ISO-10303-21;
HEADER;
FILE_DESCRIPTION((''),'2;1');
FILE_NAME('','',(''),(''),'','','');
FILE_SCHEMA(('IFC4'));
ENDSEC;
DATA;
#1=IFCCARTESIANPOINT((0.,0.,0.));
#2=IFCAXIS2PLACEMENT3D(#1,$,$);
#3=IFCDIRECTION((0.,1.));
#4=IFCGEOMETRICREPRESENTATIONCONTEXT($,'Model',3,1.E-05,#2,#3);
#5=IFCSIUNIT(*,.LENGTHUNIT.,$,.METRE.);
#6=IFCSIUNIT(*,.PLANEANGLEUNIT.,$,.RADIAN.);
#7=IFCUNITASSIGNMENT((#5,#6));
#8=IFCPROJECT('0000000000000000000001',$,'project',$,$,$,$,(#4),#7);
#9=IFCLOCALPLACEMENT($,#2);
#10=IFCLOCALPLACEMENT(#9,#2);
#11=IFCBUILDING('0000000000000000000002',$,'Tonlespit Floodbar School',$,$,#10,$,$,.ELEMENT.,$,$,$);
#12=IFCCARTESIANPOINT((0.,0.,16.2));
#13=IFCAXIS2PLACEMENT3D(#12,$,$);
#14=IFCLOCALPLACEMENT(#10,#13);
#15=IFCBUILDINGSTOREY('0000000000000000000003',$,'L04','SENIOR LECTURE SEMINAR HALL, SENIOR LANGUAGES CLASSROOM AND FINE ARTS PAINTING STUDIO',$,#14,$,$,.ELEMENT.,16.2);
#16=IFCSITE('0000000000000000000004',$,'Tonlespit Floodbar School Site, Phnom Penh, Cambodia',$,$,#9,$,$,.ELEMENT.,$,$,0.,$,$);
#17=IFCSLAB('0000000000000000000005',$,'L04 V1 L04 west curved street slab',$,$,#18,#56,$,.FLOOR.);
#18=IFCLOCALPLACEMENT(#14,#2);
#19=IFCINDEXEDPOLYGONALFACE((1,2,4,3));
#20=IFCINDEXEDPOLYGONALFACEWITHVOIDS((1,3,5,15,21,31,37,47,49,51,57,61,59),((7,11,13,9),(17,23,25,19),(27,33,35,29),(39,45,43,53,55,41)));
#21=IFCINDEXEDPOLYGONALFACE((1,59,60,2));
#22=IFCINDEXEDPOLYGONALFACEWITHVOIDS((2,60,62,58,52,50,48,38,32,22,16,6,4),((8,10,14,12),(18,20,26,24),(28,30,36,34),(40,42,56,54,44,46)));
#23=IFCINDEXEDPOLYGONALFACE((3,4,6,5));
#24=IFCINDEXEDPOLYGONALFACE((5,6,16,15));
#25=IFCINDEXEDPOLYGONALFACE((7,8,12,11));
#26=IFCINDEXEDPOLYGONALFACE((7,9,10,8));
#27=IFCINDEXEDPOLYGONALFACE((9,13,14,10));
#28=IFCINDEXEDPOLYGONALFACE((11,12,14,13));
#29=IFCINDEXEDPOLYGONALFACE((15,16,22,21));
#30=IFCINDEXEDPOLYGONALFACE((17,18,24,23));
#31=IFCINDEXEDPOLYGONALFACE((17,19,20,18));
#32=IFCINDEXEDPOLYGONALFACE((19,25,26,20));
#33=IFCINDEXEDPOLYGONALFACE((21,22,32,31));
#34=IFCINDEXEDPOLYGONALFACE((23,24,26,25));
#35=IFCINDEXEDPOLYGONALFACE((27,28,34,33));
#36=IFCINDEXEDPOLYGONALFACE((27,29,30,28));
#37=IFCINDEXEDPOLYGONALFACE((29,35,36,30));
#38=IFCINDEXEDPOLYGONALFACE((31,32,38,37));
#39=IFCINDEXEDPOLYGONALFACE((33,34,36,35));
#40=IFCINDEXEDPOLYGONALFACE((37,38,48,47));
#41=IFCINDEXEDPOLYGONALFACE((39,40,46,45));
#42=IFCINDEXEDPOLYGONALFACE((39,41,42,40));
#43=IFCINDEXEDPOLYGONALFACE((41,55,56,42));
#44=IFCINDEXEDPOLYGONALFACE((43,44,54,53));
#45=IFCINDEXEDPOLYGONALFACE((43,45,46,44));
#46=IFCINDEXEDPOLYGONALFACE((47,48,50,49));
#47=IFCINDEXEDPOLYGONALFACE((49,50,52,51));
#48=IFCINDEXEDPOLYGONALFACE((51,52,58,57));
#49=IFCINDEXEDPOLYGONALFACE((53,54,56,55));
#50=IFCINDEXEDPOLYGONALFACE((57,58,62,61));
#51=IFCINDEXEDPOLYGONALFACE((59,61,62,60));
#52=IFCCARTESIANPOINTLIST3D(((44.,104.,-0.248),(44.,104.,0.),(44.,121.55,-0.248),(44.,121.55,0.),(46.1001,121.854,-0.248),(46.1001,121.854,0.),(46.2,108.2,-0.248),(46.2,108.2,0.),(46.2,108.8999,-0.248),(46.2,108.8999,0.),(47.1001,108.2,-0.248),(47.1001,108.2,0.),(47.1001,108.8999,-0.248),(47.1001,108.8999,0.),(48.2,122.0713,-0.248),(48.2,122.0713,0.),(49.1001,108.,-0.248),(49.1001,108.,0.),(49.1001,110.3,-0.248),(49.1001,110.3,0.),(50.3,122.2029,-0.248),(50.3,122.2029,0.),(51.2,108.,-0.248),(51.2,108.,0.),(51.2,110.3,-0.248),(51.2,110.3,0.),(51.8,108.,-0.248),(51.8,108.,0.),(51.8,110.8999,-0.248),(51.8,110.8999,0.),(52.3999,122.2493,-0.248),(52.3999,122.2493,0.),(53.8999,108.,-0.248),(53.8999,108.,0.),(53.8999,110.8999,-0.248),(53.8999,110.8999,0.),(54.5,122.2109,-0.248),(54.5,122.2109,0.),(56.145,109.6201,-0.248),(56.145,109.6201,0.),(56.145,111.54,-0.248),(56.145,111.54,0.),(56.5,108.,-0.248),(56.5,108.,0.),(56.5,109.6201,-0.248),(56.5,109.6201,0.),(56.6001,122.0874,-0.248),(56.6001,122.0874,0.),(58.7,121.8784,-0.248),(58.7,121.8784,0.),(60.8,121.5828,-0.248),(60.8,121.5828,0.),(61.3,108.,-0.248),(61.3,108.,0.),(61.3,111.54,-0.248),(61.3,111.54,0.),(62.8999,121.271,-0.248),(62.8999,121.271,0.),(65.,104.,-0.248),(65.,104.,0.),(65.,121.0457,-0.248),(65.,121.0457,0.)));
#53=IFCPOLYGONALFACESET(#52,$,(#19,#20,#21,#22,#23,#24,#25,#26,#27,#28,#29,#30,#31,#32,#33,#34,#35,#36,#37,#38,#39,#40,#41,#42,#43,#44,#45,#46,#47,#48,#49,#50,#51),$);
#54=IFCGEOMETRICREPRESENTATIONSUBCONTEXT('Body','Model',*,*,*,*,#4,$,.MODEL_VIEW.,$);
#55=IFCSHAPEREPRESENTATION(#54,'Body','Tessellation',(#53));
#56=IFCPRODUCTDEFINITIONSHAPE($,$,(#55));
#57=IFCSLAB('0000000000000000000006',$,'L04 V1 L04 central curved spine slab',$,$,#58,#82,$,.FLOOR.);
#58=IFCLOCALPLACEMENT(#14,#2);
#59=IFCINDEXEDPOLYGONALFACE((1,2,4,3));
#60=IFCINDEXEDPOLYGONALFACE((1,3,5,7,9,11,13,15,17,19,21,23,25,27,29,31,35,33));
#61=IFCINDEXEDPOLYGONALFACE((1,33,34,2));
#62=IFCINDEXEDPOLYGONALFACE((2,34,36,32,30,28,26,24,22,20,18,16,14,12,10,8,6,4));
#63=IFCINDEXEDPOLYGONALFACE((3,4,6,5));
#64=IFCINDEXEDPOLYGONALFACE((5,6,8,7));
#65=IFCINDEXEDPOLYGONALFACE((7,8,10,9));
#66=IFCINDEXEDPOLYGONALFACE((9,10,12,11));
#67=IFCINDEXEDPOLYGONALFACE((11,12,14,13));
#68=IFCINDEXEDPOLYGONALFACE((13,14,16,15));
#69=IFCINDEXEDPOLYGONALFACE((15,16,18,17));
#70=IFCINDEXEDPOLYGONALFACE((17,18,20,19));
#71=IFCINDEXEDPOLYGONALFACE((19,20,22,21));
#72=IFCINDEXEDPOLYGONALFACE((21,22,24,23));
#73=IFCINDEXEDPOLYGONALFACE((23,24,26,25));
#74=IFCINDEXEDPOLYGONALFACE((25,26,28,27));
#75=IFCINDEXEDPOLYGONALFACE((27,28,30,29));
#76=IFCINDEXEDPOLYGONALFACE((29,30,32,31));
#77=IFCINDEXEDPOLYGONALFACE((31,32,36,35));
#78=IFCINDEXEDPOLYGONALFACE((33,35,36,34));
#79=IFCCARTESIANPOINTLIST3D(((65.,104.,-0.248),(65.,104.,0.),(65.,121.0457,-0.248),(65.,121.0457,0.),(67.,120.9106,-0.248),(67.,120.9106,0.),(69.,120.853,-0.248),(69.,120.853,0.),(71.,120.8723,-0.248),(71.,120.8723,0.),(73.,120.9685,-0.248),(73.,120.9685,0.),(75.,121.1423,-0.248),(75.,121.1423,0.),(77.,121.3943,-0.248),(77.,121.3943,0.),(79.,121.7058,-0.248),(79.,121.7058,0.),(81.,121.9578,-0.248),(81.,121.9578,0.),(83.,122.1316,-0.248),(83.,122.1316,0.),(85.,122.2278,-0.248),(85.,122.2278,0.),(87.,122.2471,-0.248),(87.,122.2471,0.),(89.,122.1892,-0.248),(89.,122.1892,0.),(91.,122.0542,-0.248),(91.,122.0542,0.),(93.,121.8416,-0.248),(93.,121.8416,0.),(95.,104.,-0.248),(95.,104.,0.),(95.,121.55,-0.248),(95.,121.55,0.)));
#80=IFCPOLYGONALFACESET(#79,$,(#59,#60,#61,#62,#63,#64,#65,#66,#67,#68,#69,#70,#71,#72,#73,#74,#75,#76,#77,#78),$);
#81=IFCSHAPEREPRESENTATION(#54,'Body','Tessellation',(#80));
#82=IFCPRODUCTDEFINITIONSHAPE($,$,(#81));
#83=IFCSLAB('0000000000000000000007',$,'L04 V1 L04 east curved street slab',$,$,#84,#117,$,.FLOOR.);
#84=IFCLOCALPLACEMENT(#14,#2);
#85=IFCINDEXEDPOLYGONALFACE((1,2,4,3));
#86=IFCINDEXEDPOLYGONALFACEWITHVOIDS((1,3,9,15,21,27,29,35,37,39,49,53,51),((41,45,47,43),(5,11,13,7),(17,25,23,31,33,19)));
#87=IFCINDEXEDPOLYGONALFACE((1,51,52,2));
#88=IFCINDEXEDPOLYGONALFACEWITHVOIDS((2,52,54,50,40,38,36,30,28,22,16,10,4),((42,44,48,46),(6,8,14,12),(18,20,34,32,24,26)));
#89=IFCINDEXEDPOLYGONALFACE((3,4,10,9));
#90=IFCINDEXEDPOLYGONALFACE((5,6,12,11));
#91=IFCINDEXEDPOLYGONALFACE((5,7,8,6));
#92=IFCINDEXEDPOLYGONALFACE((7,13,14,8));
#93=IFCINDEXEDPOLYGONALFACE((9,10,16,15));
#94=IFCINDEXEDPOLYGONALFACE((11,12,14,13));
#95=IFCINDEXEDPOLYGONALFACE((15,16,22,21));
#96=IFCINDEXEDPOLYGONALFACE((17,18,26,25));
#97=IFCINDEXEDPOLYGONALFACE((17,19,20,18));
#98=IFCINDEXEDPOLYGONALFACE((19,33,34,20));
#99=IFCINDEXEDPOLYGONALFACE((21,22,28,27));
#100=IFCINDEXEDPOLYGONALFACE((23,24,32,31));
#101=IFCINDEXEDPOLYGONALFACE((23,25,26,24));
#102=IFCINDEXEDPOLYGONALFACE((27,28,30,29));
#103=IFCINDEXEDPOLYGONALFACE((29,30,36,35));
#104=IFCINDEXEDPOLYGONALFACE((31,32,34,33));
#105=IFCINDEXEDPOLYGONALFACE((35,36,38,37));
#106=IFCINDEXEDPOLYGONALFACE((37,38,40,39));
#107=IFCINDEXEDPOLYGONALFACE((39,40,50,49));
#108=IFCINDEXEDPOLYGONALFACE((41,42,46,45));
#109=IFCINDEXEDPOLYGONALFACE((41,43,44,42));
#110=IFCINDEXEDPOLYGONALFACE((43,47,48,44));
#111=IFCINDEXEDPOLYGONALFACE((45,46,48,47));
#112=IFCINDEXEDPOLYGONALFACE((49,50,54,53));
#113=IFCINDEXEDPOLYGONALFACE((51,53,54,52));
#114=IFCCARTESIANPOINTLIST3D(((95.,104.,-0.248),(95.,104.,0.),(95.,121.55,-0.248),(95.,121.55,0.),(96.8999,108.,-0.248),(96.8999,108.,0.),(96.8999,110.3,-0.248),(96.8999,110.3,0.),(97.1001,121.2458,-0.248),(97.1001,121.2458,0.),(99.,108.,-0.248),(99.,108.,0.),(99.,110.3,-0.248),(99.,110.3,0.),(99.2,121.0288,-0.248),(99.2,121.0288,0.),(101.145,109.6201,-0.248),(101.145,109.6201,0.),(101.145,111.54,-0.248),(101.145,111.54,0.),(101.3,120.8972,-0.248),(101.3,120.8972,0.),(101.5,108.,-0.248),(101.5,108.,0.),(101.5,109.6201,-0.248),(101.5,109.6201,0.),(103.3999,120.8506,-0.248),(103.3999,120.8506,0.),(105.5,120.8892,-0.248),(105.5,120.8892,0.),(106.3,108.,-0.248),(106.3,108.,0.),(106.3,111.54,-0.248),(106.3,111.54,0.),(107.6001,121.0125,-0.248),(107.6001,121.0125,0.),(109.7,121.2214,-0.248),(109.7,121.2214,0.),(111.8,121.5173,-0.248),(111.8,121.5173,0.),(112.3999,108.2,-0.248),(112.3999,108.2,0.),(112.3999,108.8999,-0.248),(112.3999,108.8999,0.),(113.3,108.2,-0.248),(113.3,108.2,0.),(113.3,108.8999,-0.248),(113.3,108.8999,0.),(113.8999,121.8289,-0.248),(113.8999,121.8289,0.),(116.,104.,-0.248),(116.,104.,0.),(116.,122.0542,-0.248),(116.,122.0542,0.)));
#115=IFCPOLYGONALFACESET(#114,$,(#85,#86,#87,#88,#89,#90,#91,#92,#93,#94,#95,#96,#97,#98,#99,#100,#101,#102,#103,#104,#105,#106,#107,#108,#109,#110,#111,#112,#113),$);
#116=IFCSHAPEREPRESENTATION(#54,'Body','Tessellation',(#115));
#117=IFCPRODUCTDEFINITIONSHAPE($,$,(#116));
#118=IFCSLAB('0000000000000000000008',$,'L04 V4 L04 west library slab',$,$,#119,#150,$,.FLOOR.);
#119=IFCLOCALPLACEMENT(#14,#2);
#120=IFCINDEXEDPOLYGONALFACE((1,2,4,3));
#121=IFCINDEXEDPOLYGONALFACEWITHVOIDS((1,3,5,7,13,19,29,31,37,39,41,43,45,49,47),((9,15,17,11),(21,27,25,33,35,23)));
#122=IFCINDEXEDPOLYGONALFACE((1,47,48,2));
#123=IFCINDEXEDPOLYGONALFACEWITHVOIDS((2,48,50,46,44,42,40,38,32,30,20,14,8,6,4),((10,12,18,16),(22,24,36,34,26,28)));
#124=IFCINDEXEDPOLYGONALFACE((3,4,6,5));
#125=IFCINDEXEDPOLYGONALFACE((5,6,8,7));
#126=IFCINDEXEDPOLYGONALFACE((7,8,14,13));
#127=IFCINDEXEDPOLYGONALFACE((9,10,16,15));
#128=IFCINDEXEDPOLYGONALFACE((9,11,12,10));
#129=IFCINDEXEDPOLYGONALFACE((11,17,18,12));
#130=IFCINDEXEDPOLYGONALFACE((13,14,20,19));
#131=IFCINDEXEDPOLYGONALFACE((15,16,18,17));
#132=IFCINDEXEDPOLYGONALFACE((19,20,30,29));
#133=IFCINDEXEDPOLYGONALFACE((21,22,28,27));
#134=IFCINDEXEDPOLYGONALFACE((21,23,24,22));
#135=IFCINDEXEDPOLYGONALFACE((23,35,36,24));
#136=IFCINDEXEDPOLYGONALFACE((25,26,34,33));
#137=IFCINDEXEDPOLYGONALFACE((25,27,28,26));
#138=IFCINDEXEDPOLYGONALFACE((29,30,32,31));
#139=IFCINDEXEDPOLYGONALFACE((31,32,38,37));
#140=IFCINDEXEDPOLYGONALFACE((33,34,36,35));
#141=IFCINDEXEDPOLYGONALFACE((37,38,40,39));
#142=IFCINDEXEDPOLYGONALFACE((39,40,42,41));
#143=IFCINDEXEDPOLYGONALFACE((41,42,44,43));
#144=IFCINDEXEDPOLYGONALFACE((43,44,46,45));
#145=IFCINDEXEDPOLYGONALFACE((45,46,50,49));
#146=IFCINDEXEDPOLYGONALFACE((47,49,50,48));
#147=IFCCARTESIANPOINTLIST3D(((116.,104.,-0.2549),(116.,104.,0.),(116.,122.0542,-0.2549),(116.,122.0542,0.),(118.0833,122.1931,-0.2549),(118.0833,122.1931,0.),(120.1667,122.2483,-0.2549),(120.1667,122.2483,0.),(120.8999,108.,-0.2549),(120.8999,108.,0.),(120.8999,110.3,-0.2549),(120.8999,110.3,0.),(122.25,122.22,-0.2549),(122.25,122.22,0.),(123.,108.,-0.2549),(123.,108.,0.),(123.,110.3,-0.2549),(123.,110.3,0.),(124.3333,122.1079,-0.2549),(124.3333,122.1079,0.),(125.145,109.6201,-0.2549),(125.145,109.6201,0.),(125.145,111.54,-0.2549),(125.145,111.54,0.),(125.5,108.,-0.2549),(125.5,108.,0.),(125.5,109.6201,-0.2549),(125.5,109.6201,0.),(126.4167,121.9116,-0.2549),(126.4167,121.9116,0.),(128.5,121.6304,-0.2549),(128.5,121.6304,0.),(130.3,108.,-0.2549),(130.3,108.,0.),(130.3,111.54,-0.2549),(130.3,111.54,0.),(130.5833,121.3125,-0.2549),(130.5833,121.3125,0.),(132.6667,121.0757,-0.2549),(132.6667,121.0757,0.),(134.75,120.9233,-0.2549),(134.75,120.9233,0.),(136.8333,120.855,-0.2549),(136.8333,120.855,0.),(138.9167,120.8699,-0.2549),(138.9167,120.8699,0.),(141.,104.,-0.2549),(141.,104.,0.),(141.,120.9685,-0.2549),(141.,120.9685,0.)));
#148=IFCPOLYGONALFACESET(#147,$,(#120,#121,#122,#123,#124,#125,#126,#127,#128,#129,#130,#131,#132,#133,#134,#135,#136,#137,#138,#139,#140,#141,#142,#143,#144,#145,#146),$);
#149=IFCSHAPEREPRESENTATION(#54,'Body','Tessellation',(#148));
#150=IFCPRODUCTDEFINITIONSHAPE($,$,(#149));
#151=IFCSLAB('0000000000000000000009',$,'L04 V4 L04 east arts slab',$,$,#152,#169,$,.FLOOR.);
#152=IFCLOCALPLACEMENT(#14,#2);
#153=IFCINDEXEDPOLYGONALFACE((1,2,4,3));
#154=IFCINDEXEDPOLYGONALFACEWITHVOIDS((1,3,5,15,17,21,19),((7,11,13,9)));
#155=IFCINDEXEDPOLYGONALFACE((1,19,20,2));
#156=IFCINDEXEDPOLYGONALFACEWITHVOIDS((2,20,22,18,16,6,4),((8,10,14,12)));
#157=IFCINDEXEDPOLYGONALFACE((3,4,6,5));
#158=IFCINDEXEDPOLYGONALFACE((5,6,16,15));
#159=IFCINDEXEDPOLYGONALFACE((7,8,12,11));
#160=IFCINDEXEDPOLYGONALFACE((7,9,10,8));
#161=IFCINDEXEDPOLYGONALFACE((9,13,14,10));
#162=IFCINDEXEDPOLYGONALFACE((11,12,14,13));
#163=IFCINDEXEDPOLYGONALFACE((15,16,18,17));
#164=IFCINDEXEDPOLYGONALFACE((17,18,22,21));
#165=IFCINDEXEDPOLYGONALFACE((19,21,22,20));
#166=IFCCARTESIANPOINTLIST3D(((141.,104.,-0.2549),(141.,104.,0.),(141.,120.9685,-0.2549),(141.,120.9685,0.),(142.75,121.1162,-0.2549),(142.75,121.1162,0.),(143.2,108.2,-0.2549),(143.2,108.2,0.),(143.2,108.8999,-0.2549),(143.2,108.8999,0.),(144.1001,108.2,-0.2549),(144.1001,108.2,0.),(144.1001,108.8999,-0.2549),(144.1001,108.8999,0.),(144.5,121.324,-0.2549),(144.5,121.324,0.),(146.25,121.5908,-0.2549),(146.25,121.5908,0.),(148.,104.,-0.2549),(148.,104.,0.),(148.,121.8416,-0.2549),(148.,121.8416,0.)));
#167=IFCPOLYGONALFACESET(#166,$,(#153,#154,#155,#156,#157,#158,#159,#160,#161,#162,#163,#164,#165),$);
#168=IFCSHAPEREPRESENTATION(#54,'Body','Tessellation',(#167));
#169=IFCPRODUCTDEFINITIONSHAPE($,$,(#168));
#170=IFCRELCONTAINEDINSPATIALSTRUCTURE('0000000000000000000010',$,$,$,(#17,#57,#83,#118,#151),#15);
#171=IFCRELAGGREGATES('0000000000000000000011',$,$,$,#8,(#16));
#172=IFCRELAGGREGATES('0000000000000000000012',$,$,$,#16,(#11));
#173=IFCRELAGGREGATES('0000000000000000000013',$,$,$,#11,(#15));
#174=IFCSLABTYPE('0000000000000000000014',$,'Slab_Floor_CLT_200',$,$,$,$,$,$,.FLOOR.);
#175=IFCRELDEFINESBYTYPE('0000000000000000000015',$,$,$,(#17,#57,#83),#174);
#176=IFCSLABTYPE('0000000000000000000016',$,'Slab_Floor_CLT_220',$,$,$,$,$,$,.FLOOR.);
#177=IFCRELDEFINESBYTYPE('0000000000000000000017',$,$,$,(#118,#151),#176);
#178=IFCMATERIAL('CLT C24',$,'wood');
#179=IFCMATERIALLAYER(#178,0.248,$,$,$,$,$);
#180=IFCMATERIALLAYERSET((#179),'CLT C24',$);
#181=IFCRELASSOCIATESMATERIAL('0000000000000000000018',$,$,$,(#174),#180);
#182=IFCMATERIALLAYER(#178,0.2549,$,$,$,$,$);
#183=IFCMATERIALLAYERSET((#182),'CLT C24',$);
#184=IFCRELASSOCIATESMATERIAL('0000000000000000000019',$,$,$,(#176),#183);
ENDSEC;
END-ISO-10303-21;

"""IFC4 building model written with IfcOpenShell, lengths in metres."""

from ifc_helpers import new_model, si_unit, direction, frame, origin, place, context, subcontext, project, spatial, polyline, outline, extrude, material, layer, layer_set, type_object, element, save


model = new_model("IFC4")

# Units and contexts
model_context = context("Model", 3, precision=1e-05, world=origin(), true_north=direction((0.0, 1.0)))
body_context = subcontext(model_context, "Body", "Model", "MODEL_VIEW")
ifc_project = project(units=[si_unit("LENGTHUNIT", "METRE"), si_unit("PLANEANGLEUNIT", "RADIAN")], contexts=[model_context])

# Site, building, storey
site_placement = place(None, origin())
site = spatial("IfcSite", under=ifc_project, at=site_placement, Name="Tonlespit Floodbar School Site, Phnom Penh, Cambodia", CompositionType="ELEMENT", RefElevation=0.0)
building_placement = place(site_placement, origin())
building = spatial("IfcBuilding", under=site, at=building_placement, Name="Tonlespit Floodbar School", CompositionType="ELEMENT")
storey_placement = place(building_placement, frame((0.0, 0.0, 16.2)))
storey = spatial("IfcBuildingStorey", under=building, at=storey_placement, Name="L04", Description="SENIOR LECTURE SEMINAR HALL, SENIOR LANGUAGES CLASSROOM AND FINE ARTS PAINTING STUDIO", CompositionType="ELEMENT", Elevation=16.2)

# Slabs
ifc_material_1 = material(Name="CLT C24", Category="wood")
ifc_layer_1 = layer(ifc_material_1, 0.248)
ifc_layer_set_1 = layer_set([ifc_layer_1], Name="CLT C24")
slab_type_1 = type_object("IfcSlabType", Name="Slab_Floor_CLT_200", PredefinedType="FLOOR", material=ifc_layer_set_1)
slab_1_placement = place(storey_placement, frame((0.0, 0.0, -0.248)))
element("IfcSlab", 1, at=slab_1_placement, inside=storey, type_object=slab_type_1, Name="L04 V1 L04 west curved street slab", PredefinedType="FLOOR", context=body_context, shape_type="SweptSolid", body=[
    extrude(outline(polyline([(44.0, 104.0), (65.0, 104.0), (65.0, 121.0457), (62.8999, 121.271), (60.8, 121.5828), (58.7, 121.8784), (56.6001, 122.0874), (54.5, 122.2109), (52.3999, 122.2493), (50.3, 122.2029), (48.2, 122.0713), (46.1001, 121.854), (44.0, 121.55), (44.0, 104.0)]), holes=[polyline([(56.5, 108.0), (61.3, 108.0), (61.3, 111.54), (56.145, 111.54), (56.145, 109.6201), (56.5, 109.6201), (56.5, 108.0)]), polyline([(51.8, 108.0), (53.8999, 108.0), (53.8999, 110.8999), (51.8, 110.8999), (51.8, 108.0)]), polyline([(49.1001, 108.0), (51.2, 108.0), (51.2, 110.3), (49.1001, 110.3), (49.1001, 108.0)]), polyline([(46.2, 108.2), (47.1001, 108.2), (47.1001, 108.8999), (46.2, 108.8999), (46.2, 108.2)])]), origin(), (0.0, 0.0, 1.0), 0.248),
])
slab_2_placement = place(storey_placement, frame((0.0, 0.0, -0.248)))
element("IfcSlab", 2, at=slab_2_placement, inside=storey, type_object=slab_type_1, Name="L04 V1 L04 central curved spine slab", PredefinedType="FLOOR", context=body_context, shape_type="SweptSolid", body=[
    extrude(outline(polyline([(65.0, 104.0), (95.0, 104.0), (95.0, 121.55), (93.0, 121.8416), (91.0, 122.0542), (89.0, 122.1892), (87.0, 122.2471), (85.0, 122.2278), (83.0, 122.1316), (81.0, 121.9578), (79.0, 121.7058), (77.0, 121.3943), (75.0, 121.1423), (73.0, 120.9685), (71.0, 120.8723), (69.0, 120.853), (67.0, 120.9106), (65.0, 121.0457), (65.0, 104.0)])), origin(), (0.0, 0.0, 1.0), 0.248),
])
slab_3_placement = place(storey_placement, frame((0.0, 0.0, -0.248)))
element("IfcSlab", 3, at=slab_3_placement, inside=storey, type_object=slab_type_1, Name="L04 V1 L04 east curved street slab", PredefinedType="FLOOR", context=body_context, shape_type="SweptSolid", body=[
    extrude(outline(polyline([(95.0, 104.0), (116.0, 104.0), (116.0, 122.0542), (113.8999, 121.8289), (111.8, 121.5173), (109.7, 121.2214), (107.6001, 121.0125), (105.5, 120.8892), (103.3999, 120.8506), (101.3, 120.8972), (99.2, 121.0288), (97.1001, 121.2458), (95.0, 121.55), (95.0, 104.0)]), holes=[polyline([(101.5, 108.0), (106.3, 108.0), (106.3, 111.54), (101.145, 111.54), (101.145, 109.6201), (101.5, 109.6201), (101.5, 108.0)]), polyline([(96.8999, 108.0), (99.0, 108.0), (99.0, 110.3), (96.8999, 110.3), (96.8999, 108.0)]), polyline([(112.3999, 108.2), (113.3, 108.2), (113.3, 108.8999), (112.3999, 108.8999), (112.3999, 108.2)])]), origin(), (0.0, 0.0, 1.0), 0.248),
])
ifc_layer_2 = layer(ifc_material_1, 0.2549)
ifc_layer_set_2 = layer_set([ifc_layer_2], Name="CLT C24")
slab_type_2 = type_object("IfcSlabType", Name="Slab_Floor_CLT_220", PredefinedType="FLOOR", material=ifc_layer_set_2)
slab_4_placement = place(storey_placement, frame((0.0, 0.0, -0.2549)))
element("IfcSlab", 4, at=slab_4_placement, inside=storey, type_object=slab_type_2, Name="L04 V4 L04 west library slab", PredefinedType="FLOOR", context=body_context, shape_type="SweptSolid", body=[
    extrude(outline(polyline([(116.0, 104.0), (141.0, 104.0), (141.0, 120.9685), (138.9167, 120.8699), (136.8333, 120.855), (134.75, 120.9233), (132.6667, 121.0757), (130.5833, 121.3125), (128.5, 121.6304), (126.4167, 121.9116), (124.3333, 122.1079), (122.25, 122.22), (120.1667, 122.2483), (118.0833, 122.1931), (116.0, 122.0542), (116.0, 104.0)]), holes=[polyline([(125.5, 108.0), (130.3, 108.0), (130.3, 111.54), (125.145, 111.54), (125.145, 109.6201), (125.5, 109.6201), (125.5, 108.0)]), polyline([(120.8999, 108.0), (123.0, 108.0), (123.0, 110.3), (120.8999, 110.3), (120.8999, 108.0)])]), origin(), (0.0, 0.0, 1.0), 0.2549),
])
slab_5_placement = place(storey_placement, frame((0.0, 0.0, -0.2549)))
element("IfcSlab", 5, at=slab_5_placement, inside=storey, type_object=slab_type_2, Name="L04 V4 L04 east arts slab", PredefinedType="FLOOR", context=body_context, shape_type="SweptSolid", body=[
    extrude(outline(polyline([(141.0, 104.0), (148.0, 104.0), (148.0, 121.8416), (146.25, 121.5908), (144.5, 121.324), (142.75, 121.1162), (141.0, 120.9685), (141.0, 104.0)]), holes=[polyline([(143.2, 108.2), (144.1001, 108.2), (144.1001, 108.8999), (143.2, 108.8999), (143.2, 108.2)])]), origin(), (0.0, 0.0, 1.0), 0.2549),
])

save(model, "model.ifc")
